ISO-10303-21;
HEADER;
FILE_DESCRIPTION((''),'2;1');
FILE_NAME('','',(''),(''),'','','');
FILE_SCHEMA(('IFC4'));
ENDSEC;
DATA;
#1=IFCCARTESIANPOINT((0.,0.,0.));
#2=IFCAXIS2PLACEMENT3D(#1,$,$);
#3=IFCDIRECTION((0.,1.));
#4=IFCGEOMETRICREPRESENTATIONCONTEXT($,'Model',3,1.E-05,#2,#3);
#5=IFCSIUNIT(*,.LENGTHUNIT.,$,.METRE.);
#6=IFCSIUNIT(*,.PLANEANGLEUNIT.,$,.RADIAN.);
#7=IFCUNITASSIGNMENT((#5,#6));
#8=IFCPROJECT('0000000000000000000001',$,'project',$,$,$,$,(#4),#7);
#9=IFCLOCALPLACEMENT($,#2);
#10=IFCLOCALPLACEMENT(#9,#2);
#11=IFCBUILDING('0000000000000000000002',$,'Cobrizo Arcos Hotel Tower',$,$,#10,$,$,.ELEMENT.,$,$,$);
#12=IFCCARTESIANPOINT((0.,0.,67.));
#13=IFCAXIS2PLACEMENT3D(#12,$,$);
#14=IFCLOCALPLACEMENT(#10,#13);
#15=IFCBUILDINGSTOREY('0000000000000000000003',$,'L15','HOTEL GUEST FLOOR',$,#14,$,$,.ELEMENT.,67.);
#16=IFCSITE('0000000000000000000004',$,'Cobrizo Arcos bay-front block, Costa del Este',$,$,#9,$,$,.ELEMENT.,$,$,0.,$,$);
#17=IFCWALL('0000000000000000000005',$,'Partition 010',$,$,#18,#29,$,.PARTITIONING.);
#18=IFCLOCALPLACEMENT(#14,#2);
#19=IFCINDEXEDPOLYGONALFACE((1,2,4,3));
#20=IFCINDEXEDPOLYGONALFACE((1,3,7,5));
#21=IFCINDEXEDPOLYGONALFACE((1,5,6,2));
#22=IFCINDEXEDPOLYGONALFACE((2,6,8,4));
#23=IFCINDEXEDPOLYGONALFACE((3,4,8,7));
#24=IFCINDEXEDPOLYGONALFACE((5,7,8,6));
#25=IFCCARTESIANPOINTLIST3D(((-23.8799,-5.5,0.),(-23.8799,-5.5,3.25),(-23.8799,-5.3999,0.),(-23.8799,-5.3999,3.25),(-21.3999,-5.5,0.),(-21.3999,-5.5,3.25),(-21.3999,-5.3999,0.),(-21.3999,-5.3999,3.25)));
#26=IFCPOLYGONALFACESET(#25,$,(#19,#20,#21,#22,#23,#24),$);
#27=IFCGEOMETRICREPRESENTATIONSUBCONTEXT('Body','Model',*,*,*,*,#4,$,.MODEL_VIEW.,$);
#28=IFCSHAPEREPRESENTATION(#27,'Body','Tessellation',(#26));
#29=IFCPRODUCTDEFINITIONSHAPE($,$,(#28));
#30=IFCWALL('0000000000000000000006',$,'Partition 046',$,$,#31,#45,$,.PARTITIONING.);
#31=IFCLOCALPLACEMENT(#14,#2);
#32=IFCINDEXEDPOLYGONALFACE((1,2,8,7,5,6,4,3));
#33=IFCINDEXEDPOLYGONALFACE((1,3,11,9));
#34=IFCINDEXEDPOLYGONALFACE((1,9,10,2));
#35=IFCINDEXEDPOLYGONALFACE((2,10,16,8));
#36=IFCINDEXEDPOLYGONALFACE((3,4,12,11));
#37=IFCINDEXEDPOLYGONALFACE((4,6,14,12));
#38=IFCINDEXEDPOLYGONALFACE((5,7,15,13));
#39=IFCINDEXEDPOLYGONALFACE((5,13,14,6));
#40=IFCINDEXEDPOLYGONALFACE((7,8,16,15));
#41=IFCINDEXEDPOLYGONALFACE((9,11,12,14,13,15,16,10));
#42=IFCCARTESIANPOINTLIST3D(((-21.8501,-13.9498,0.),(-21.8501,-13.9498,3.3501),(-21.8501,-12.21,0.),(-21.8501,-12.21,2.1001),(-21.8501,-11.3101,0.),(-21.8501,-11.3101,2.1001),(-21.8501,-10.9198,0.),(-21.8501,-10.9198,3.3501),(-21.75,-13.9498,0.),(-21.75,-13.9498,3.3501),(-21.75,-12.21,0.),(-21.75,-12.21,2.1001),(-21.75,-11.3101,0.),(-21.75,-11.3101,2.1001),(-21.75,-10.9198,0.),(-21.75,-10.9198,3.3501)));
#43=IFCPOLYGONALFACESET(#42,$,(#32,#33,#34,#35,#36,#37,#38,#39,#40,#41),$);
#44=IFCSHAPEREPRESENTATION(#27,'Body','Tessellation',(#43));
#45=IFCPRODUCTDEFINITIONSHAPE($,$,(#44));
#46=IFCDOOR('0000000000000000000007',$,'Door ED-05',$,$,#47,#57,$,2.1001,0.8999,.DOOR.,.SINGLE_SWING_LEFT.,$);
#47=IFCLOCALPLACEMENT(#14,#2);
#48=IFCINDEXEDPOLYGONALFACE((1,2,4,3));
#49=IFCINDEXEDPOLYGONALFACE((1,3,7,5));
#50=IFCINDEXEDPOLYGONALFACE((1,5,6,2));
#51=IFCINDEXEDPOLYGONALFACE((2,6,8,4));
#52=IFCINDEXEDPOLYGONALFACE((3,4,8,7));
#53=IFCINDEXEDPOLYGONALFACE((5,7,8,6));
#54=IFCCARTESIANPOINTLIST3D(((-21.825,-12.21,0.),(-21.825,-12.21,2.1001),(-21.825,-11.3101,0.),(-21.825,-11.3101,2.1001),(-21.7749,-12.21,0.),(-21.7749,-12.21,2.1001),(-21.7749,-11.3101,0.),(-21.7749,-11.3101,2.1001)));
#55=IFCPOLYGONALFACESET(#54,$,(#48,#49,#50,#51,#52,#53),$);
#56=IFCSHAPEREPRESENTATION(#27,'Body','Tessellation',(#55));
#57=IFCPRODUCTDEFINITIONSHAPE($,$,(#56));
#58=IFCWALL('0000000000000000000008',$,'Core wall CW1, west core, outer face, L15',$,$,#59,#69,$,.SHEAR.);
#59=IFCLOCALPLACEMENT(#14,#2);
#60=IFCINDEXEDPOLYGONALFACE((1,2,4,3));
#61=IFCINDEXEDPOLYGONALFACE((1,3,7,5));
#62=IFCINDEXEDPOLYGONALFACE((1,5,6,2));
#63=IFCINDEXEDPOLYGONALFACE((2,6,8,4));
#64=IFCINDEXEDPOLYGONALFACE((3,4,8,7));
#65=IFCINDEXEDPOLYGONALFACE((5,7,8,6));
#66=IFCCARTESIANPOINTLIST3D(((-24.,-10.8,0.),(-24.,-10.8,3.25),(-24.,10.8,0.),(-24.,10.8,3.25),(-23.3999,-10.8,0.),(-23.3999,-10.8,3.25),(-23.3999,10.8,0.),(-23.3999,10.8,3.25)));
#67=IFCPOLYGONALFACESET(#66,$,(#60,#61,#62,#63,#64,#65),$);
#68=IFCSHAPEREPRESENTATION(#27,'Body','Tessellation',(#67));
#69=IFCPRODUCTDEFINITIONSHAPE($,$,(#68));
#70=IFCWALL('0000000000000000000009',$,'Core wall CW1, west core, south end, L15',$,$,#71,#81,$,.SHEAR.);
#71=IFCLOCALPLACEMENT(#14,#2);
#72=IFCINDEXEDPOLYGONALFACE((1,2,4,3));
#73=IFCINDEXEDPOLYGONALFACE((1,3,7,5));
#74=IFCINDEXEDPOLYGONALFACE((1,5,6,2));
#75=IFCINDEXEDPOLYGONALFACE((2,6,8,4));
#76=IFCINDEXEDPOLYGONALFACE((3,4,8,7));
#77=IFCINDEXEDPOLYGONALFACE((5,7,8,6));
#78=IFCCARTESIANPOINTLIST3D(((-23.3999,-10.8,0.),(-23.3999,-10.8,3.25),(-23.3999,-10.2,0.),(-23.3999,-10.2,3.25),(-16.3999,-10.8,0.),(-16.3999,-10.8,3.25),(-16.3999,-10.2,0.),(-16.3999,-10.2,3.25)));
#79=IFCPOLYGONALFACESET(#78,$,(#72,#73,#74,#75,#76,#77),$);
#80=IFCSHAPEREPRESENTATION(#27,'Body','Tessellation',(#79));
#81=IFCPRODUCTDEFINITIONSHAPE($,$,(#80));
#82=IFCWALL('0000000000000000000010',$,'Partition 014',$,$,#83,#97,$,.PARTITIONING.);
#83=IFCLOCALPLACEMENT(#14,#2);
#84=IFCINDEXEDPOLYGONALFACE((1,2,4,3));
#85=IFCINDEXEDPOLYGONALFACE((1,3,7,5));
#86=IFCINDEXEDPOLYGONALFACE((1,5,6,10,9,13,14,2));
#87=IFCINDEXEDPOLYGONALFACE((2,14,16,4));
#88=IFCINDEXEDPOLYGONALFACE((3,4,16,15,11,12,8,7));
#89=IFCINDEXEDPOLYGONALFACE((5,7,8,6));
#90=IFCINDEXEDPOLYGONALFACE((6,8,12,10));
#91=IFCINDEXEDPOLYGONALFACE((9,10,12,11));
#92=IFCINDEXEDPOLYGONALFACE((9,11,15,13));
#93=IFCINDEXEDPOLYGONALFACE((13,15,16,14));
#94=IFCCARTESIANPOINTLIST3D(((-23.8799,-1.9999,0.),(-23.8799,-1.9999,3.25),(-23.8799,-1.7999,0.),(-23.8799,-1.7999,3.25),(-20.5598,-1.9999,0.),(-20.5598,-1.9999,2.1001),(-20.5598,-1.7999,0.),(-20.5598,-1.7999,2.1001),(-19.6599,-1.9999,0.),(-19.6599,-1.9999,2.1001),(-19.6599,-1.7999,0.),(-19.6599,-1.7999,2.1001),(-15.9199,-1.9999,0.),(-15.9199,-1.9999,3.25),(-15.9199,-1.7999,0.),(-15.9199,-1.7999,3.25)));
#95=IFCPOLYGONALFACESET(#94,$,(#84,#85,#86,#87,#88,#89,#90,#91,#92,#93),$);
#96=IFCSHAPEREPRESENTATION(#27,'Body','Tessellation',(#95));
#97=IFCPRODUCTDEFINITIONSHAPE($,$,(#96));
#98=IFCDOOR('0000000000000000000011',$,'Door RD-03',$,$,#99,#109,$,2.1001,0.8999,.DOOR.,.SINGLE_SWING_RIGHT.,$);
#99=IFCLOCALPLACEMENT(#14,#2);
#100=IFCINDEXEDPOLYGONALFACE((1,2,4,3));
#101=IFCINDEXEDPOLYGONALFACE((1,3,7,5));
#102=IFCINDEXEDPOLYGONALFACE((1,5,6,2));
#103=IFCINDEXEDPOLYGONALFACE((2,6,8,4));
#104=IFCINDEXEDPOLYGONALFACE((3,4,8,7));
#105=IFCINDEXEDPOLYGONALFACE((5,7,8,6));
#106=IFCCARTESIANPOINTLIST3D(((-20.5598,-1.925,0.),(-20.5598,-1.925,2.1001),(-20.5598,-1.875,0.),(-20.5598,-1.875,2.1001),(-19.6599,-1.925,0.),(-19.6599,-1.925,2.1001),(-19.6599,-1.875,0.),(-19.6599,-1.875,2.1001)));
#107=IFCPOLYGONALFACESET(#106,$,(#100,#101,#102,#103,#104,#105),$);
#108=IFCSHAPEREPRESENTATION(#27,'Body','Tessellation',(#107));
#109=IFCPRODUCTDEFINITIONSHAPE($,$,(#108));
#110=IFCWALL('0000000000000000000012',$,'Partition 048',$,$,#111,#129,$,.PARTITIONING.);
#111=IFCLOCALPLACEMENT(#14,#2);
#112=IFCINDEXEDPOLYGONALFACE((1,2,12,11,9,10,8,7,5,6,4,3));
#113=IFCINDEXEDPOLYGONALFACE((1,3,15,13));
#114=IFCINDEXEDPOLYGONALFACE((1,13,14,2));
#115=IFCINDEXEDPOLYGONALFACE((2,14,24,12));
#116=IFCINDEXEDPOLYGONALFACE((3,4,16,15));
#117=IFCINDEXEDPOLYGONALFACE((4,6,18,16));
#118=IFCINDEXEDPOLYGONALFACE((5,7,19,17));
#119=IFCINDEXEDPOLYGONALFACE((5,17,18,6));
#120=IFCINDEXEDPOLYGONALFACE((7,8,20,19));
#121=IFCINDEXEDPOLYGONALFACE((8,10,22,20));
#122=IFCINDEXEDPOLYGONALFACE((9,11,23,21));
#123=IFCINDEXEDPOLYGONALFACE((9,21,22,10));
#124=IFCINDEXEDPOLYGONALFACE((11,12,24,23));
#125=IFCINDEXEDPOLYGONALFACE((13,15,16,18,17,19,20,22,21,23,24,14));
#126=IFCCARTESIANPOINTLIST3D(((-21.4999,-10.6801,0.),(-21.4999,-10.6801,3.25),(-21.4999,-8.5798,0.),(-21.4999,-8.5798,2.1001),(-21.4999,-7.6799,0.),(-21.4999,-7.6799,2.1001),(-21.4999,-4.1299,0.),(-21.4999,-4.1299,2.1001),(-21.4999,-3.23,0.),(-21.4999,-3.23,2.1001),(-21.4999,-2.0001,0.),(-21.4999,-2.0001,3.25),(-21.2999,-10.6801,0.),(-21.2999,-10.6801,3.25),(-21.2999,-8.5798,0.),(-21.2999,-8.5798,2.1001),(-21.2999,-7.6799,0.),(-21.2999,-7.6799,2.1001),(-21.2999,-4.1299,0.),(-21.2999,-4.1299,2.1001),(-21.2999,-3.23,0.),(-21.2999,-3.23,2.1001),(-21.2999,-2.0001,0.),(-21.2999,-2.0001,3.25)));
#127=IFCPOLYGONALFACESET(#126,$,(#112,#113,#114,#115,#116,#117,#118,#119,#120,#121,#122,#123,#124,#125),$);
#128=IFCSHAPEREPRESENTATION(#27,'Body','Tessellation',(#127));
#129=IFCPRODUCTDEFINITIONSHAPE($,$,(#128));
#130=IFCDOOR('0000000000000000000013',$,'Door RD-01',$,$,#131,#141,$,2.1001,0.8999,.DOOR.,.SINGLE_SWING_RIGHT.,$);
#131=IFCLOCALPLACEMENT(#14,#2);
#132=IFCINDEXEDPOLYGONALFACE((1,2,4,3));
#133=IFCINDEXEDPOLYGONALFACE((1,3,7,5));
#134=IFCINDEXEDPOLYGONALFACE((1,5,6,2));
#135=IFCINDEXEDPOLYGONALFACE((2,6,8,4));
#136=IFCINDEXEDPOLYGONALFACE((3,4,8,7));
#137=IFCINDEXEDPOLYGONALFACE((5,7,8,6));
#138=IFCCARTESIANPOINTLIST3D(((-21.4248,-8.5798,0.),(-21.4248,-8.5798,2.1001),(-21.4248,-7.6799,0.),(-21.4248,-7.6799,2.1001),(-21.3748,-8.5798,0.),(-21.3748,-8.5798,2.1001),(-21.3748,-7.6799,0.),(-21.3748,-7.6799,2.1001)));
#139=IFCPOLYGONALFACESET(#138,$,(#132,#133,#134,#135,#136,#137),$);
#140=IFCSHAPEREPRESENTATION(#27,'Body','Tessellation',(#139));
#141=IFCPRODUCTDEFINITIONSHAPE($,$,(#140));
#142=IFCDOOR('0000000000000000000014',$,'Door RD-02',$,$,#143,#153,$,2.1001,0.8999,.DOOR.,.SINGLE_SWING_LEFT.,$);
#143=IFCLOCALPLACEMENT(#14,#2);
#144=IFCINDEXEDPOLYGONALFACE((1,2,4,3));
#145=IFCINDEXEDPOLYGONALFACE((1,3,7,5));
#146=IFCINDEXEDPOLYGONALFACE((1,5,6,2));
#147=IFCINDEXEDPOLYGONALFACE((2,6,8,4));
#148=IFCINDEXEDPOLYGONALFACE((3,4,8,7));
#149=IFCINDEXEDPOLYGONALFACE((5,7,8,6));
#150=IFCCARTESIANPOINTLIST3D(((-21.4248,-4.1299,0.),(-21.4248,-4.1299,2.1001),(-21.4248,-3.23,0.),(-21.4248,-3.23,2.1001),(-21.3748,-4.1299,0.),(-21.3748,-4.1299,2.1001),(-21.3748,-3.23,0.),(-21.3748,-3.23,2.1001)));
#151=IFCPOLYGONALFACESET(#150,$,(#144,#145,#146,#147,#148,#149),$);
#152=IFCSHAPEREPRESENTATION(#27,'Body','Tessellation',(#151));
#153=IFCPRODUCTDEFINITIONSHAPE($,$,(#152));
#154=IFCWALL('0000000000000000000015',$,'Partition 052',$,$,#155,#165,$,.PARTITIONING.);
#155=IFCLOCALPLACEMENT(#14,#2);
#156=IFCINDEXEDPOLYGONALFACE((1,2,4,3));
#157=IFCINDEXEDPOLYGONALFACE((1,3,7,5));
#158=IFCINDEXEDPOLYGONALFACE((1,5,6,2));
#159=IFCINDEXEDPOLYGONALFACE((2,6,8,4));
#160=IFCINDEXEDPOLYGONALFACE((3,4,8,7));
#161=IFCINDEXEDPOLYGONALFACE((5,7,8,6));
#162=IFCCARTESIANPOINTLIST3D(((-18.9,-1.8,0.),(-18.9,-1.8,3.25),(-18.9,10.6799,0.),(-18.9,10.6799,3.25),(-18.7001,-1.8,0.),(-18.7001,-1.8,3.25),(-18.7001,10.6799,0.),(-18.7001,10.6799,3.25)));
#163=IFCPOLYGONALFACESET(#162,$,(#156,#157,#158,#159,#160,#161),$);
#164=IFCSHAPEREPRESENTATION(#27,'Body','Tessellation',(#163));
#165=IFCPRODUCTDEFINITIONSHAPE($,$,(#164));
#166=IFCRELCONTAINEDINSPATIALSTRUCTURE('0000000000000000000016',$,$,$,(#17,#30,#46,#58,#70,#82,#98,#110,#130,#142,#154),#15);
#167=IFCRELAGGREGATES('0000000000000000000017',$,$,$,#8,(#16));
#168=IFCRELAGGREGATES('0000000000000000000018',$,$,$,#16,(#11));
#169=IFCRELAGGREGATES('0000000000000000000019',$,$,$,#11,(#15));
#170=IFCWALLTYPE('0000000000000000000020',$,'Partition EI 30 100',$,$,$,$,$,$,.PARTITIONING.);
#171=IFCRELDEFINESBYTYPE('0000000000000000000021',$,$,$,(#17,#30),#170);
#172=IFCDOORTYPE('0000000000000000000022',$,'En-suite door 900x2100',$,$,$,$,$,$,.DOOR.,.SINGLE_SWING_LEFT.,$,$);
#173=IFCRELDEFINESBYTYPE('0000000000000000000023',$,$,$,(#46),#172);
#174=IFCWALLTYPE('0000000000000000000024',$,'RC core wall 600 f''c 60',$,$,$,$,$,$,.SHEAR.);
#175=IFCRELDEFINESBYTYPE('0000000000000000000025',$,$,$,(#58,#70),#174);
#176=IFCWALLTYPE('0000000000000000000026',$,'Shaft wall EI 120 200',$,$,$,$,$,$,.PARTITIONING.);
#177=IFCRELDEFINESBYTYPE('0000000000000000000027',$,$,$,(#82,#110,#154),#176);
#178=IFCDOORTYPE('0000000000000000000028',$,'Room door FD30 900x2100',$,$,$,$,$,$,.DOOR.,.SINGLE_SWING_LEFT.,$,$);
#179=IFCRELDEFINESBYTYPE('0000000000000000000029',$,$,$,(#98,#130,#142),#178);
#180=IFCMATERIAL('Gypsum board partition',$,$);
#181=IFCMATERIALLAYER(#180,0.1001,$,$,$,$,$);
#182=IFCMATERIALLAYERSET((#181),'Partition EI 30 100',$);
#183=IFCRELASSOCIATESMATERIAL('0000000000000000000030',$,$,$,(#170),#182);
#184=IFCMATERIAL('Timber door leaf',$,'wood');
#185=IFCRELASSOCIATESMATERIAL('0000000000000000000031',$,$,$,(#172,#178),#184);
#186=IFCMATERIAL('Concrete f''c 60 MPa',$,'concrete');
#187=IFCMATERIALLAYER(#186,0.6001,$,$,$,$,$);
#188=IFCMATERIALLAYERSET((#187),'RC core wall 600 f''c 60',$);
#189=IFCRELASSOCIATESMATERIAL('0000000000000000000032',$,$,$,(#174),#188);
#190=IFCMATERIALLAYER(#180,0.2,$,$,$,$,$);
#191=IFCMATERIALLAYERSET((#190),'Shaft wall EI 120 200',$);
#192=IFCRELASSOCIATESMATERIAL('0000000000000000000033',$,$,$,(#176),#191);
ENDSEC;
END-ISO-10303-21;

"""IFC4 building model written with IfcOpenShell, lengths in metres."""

from ifc_helpers import new_model, si_unit, direction, frame, frame_2d, origin, place, context, subcontext, project, spatial, rectangle, extrude, material, layer, layer_set, type_object, element, fill, save


model = new_model("IFC4")

# Units and contexts
model_context = context("Model", 3, precision=1e-05, world=origin(), true_north=direction((0.0, 1.0)))
body_context = subcontext(model_context, "Body", "Model", "MODEL_VIEW")
ifc_project = project(units=[si_unit("LENGTHUNIT", "METRE"), si_unit("PLANEANGLEUNIT", "RADIAN")], contexts=[model_context])

# Site, building, storey
site_placement = place(None, origin())
site = spatial("IfcSite", under=ifc_project, at=site_placement, Name="Cobrizo Arcos bay-front block, Costa del Este", CompositionType="ELEMENT", RefElevation=0.0)
building_placement = place(site_placement, origin())
building = spatial("IfcBuilding", under=site, at=building_placement, Name="Cobrizo Arcos Hotel Tower", CompositionType="ELEMENT")
storey_placement = place(building_placement, frame((0.0, 0.0, 67.0)))
storey = spatial("IfcBuildingStorey", under=building, at=storey_placement, Name="L15", Description="HOTEL GUEST FLOOR", CompositionType="ELEMENT", Elevation=67.0)

# Wall
ifc_material_1 = material(Name="Gypsum board partition")
ifc_layer_1 = layer(ifc_material_1, 0.1001)
ifc_layer_set_1 = layer_set([ifc_layer_1], Name="Partition EI 30 100")
wall_type_1 = type_object("IfcWallType", Name="Partition EI 30 100", PredefinedType="PARTITIONING", material=ifc_layer_set_1)
wall_1_placement = place(storey_placement, frame((-23.8799, -5.45, 0.0), z_axis=(0.0, 0.0, 1.0), x_axis=(1.0, 0.0, 0.0)))
element("IfcWall", 1, at=wall_1_placement, inside=storey, type_object=wall_type_1, Name="Partition 010", PredefinedType="PARTITIONING", context=body_context, shape_type="SweptSolid", body=[
    extrude(rectangle(XDim=2.48, YDim=0.1001, at=frame_2d((1.24, 0.0))), origin(), (0.0, 0.0, 1.0), 3.25),
])

# Wall, opening, door
wall_2_placement = place(storey_placement, frame((-21.8, -13.95, 0.0), z_axis=(0.0, 0.0, 1.0), x_axis=(0.0, 1.0, 0.0)))
wall_2 = element("IfcWall", 2, at=wall_2_placement, inside=storey, type_object=wall_type_1, Name="Partition 046", PredefinedType="PARTITIONING", context=body_context, shape_type="SweptSolid", body=[
    extrude(rectangle(XDim=3.03, YDim=0.1001, at=frame_2d((1.5151, 0.0))), origin(), (0.0, 0.0, 1.0), 3.3501),
])
opening_1_placement = place(wall_2_placement, frame((1.74, 0.0, 0.0)))
opening_1 = element("IfcOpeningElement", 3, at=opening_1_placement, cuts=wall_2, PredefinedType="OPENING", context=body_context, shape_type="SweptSolid", body=[
    extrude(rectangle(XDim=0.8999, YDim=2.1001, at=frame_2d((0.45, 1.05))), frame((0.0, 0.062, 0.0), z_axis=(0.0, -1.0, 0.0), x_axis=(1.0, 0.0, 0.0)), (0.0, 0.0, 1.0), 0.124),
])
ifc_material_2 = material(Name="Timber door leaf", Category="wood")
door_type_1 = type_object("IfcDoorType", Name="En-suite door 900x2100", OperationType="SINGLE_SWING_LEFT", PredefinedType="DOOR", material=ifc_material_2)
door_1_placement = place(opening_1_placement, origin())
door_1 = element("IfcDoor", 4, at=door_1_placement, inside=storey, type_object=door_type_1, Name="Door ED-05", OperationType="SINGLE_SWING_LEFT", OverallHeight=2.1001, OverallWidth=0.8999, PredefinedType="DOOR", context=body_context, shape_type="SweptSolid", body=[
    extrude(rectangle(XDim=0.8999, YDim=2.1001, at=frame_2d((0.45, 1.05))), frame((0.0, 0.0249, 0.0), z_axis=(0.0, -1.0, 0.0), x_axis=(1.0, 0.0, 0.0)), (0.0, 0.0, 1.0), 0.05),
])
fill(opening_1, door_1)

# Walls
ifc_material_3 = material(Name="Concrete f'c 60 MPa", Category="concrete")
ifc_layer_2 = layer(ifc_material_3, 0.6001)
ifc_layer_set_2 = layer_set([ifc_layer_2], Name="RC core wall 600 f'c 60")
wall_type_2 = type_object("IfcWallType", Name="RC core wall 600 f'c 60", PredefinedType="SHEAR", material=ifc_layer_set_2)
wall_3_placement = place(storey_placement, frame((-23.7, -10.8, 0.0), z_axis=(0.0, 0.0, 1.0), x_axis=(0.0, 1.0, 0.0)))
element("IfcWall", 5, at=wall_3_placement, inside=storey, type_object=wall_type_2, Name="Core wall CW1, west core, outer face, L15", PredefinedType="SHEAR", context=body_context, shape_type="SweptSolid", body=[
    extrude(rectangle(XDim=21.6001, YDim=0.6001, at=frame_2d((10.8, 0.0))), origin(), (0.0, 0.0, 1.0), 3.25),
])
wall_4_placement = place(storey_placement, frame((-23.3999, -10.5, 0.0), z_axis=(0.0, 0.0, 1.0), x_axis=(1.0, 0.0, 0.0)))
element("IfcWall", 6, at=wall_4_placement, inside=storey, type_object=wall_type_2, Name="Core wall CW1, west core, south end, L15", PredefinedType="SHEAR", context=body_context, shape_type="SweptSolid", body=[
    extrude(rectangle(XDim=7.0, YDim=0.6001, at=frame_2d((3.5, 0.0))), origin(), (0.0, 0.0, 1.0), 3.25),
])

# Wall, opening, door
ifc_layer_3 = layer(ifc_material_1, 0.2)
ifc_layer_set_3 = layer_set([ifc_layer_3], Name="Shaft wall EI 120 200")
wall_type_3 = type_object("IfcWallType", Name="Shaft wall EI 120 200", PredefinedType="PARTITIONING", material=ifc_layer_set_3)
wall_5_placement = place(storey_placement, frame((-23.8799, -1.8999, 0.0), z_axis=(0.0, 0.0, 1.0), x_axis=(1.0, 0.0, 0.0)))
wall_5 = element("IfcWall", 7, at=wall_5_placement, inside=storey, type_object=wall_type_3, Name="Partition 014", PredefinedType="PARTITIONING", context=body_context, shape_type="SweptSolid", body=[
    extrude(rectangle(XDim=7.96, YDim=0.2, at=frame_2d((3.98, 0.0))), origin(), (0.0, 0.0, 1.0), 3.25),
])
opening_2_placement = place(wall_5_placement, frame((3.3201, 0.0, 0.0)))
opening_2 = element("IfcOpeningElement", 8, at=opening_2_placement, cuts=wall_5, PredefinedType="OPENING", context=body_context, shape_type="SweptSolid", body=[
    extrude(rectangle(XDim=0.8999, YDim=2.1001, at=frame_2d((0.45, 1.05))), frame((0.0, 0.1121, 0.0), z_axis=(0.0, -1.0, 0.0), x_axis=(1.0, 0.0, 0.0)), (0.0, 0.0, 1.0), 0.2239),
])
door_type_2 = type_object("IfcDoorType", Name="Room door FD30 900x2100", OperationType="SINGLE_SWING_LEFT", PredefinedType="DOOR", material=ifc_material_2)
door_2_placement = place(opening_2_placement, origin())
door_2 = element("IfcDoor", 9, at=door_2_placement, inside=storey, type_object=door_type_2, Name="Door RD-03", OperationType="SINGLE_SWING_RIGHT", OverallHeight=2.1001, OverallWidth=0.8999, PredefinedType="DOOR", context=body_context, shape_type="SweptSolid", body=[
    extrude(rectangle(XDim=0.8999, YDim=2.1001, at=frame_2d((0.45, 1.05))), frame((0.0, 0.0249, 0.0), z_axis=(0.0, -1.0, 0.0), x_axis=(1.0, 0.0, 0.0)), (0.0, 0.0, 1.0), 0.05),
])
fill(opening_2, door_2)

# Wall, openings, doors
wall_6_placement = place(storey_placement, frame((-21.3999, -10.6799, 0.0), z_axis=(0.0, 0.0, 1.0), x_axis=(0.0, 1.0, 0.0)))
wall_6 = element("IfcWall", 10, at=wall_6_placement, inside=storey, type_object=wall_type_3, Name="Partition 048", PredefinedType="PARTITIONING", context=body_context, shape_type="SweptSolid", body=[
    extrude(rectangle(XDim=8.6799, YDim=0.2, at=frame_2d((4.3398, 0.0))), origin(), (0.0, 0.0, 1.0), 3.25),
])
opening_3_placement = place(wall_6_placement, frame((2.1001, 0.0, 0.0)))
opening_3 = element("IfcOpeningElement", 11, at=opening_3_placement, cuts=wall_6, PredefinedType="OPENING", context=body_context, shape_type="SweptSolid", body=[
    extrude(rectangle(XDim=0.8999, YDim=2.1001, at=frame_2d((0.45, 1.05))), frame((0.0, 0.1121, 0.0), z_axis=(0.0, -1.0, 0.0), x_axis=(1.0, 0.0, 0.0)), (0.0, 0.0, 1.0), 0.2239),
])
opening_4_placement = place(wall_6_placement, frame((6.55, 0.0, 0.0)))
opening_4 = element("IfcOpeningElement", 12, at=opening_4_placement, cuts=wall_6, PredefinedType="OPENING", context=body_context, shape_type="SweptSolid", body=[
    extrude(rectangle(XDim=0.8999, YDim=2.1001, at=frame_2d((0.45, 1.05))), frame((0.0, 0.1121, 0.0), z_axis=(0.0, -1.0, 0.0), x_axis=(1.0, 0.0, 0.0)), (0.0, 0.0, 1.0), 0.2239),
])
door_3_placement = place(opening_3_placement, origin())
door_3 = element("IfcDoor", 13, at=door_3_placement, inside=storey, type_object=door_type_2, Name="Door RD-01", OperationType="SINGLE_SWING_RIGHT", OverallHeight=2.1001, OverallWidth=0.8999, PredefinedType="DOOR", context=body_context, shape_type="SweptSolid", body=[
    extrude(rectangle(XDim=0.8999, YDim=2.1001, at=frame_2d((0.45, 1.05))), frame((0.0, 0.0249, 0.0), z_axis=(0.0, -1.0, 0.0), x_axis=(1.0, 0.0, 0.0)), (0.0, 0.0, 1.0), 0.05),
])
fill(opening_3, door_3)
door_4_placement = place(opening_4_placement, origin())
door_4 = element("IfcDoor", 14, at=door_4_placement, inside=storey, type_object=door_type_2, Name="Door RD-02", OperationType="SINGLE_SWING_LEFT", OverallHeight=2.1001, OverallWidth=0.8999, PredefinedType="DOOR", context=body_context, shape_type="SweptSolid", body=[
    extrude(rectangle(XDim=0.8999, YDim=2.1001, at=frame_2d((0.45, 1.05))), frame((0.0, 0.0249, 0.0), z_axis=(0.0, -1.0, 0.0), x_axis=(1.0, 0.0, 0.0)), (0.0, 0.0, 1.0), 0.05),
])
fill(opening_4, door_4)

# Wall
wall_7_placement = place(storey_placement, frame((-18.8, -1.8, 0.0), z_axis=(0.0, 0.0, 1.0), x_axis=(0.0, 1.0, 0.0)))
element("IfcWall", 15, at=wall_7_placement, inside=storey, type_object=wall_type_3, Name="Partition 052", PredefinedType="PARTITIONING", context=body_context, shape_type="SweptSolid", body=[
    extrude(rectangle(XDim=12.48, YDim=0.2, at=frame_2d((6.24, 0.0))), origin(), (0.0, 0.0, 1.0), 3.25),
])

save(model, "model.ifc")
